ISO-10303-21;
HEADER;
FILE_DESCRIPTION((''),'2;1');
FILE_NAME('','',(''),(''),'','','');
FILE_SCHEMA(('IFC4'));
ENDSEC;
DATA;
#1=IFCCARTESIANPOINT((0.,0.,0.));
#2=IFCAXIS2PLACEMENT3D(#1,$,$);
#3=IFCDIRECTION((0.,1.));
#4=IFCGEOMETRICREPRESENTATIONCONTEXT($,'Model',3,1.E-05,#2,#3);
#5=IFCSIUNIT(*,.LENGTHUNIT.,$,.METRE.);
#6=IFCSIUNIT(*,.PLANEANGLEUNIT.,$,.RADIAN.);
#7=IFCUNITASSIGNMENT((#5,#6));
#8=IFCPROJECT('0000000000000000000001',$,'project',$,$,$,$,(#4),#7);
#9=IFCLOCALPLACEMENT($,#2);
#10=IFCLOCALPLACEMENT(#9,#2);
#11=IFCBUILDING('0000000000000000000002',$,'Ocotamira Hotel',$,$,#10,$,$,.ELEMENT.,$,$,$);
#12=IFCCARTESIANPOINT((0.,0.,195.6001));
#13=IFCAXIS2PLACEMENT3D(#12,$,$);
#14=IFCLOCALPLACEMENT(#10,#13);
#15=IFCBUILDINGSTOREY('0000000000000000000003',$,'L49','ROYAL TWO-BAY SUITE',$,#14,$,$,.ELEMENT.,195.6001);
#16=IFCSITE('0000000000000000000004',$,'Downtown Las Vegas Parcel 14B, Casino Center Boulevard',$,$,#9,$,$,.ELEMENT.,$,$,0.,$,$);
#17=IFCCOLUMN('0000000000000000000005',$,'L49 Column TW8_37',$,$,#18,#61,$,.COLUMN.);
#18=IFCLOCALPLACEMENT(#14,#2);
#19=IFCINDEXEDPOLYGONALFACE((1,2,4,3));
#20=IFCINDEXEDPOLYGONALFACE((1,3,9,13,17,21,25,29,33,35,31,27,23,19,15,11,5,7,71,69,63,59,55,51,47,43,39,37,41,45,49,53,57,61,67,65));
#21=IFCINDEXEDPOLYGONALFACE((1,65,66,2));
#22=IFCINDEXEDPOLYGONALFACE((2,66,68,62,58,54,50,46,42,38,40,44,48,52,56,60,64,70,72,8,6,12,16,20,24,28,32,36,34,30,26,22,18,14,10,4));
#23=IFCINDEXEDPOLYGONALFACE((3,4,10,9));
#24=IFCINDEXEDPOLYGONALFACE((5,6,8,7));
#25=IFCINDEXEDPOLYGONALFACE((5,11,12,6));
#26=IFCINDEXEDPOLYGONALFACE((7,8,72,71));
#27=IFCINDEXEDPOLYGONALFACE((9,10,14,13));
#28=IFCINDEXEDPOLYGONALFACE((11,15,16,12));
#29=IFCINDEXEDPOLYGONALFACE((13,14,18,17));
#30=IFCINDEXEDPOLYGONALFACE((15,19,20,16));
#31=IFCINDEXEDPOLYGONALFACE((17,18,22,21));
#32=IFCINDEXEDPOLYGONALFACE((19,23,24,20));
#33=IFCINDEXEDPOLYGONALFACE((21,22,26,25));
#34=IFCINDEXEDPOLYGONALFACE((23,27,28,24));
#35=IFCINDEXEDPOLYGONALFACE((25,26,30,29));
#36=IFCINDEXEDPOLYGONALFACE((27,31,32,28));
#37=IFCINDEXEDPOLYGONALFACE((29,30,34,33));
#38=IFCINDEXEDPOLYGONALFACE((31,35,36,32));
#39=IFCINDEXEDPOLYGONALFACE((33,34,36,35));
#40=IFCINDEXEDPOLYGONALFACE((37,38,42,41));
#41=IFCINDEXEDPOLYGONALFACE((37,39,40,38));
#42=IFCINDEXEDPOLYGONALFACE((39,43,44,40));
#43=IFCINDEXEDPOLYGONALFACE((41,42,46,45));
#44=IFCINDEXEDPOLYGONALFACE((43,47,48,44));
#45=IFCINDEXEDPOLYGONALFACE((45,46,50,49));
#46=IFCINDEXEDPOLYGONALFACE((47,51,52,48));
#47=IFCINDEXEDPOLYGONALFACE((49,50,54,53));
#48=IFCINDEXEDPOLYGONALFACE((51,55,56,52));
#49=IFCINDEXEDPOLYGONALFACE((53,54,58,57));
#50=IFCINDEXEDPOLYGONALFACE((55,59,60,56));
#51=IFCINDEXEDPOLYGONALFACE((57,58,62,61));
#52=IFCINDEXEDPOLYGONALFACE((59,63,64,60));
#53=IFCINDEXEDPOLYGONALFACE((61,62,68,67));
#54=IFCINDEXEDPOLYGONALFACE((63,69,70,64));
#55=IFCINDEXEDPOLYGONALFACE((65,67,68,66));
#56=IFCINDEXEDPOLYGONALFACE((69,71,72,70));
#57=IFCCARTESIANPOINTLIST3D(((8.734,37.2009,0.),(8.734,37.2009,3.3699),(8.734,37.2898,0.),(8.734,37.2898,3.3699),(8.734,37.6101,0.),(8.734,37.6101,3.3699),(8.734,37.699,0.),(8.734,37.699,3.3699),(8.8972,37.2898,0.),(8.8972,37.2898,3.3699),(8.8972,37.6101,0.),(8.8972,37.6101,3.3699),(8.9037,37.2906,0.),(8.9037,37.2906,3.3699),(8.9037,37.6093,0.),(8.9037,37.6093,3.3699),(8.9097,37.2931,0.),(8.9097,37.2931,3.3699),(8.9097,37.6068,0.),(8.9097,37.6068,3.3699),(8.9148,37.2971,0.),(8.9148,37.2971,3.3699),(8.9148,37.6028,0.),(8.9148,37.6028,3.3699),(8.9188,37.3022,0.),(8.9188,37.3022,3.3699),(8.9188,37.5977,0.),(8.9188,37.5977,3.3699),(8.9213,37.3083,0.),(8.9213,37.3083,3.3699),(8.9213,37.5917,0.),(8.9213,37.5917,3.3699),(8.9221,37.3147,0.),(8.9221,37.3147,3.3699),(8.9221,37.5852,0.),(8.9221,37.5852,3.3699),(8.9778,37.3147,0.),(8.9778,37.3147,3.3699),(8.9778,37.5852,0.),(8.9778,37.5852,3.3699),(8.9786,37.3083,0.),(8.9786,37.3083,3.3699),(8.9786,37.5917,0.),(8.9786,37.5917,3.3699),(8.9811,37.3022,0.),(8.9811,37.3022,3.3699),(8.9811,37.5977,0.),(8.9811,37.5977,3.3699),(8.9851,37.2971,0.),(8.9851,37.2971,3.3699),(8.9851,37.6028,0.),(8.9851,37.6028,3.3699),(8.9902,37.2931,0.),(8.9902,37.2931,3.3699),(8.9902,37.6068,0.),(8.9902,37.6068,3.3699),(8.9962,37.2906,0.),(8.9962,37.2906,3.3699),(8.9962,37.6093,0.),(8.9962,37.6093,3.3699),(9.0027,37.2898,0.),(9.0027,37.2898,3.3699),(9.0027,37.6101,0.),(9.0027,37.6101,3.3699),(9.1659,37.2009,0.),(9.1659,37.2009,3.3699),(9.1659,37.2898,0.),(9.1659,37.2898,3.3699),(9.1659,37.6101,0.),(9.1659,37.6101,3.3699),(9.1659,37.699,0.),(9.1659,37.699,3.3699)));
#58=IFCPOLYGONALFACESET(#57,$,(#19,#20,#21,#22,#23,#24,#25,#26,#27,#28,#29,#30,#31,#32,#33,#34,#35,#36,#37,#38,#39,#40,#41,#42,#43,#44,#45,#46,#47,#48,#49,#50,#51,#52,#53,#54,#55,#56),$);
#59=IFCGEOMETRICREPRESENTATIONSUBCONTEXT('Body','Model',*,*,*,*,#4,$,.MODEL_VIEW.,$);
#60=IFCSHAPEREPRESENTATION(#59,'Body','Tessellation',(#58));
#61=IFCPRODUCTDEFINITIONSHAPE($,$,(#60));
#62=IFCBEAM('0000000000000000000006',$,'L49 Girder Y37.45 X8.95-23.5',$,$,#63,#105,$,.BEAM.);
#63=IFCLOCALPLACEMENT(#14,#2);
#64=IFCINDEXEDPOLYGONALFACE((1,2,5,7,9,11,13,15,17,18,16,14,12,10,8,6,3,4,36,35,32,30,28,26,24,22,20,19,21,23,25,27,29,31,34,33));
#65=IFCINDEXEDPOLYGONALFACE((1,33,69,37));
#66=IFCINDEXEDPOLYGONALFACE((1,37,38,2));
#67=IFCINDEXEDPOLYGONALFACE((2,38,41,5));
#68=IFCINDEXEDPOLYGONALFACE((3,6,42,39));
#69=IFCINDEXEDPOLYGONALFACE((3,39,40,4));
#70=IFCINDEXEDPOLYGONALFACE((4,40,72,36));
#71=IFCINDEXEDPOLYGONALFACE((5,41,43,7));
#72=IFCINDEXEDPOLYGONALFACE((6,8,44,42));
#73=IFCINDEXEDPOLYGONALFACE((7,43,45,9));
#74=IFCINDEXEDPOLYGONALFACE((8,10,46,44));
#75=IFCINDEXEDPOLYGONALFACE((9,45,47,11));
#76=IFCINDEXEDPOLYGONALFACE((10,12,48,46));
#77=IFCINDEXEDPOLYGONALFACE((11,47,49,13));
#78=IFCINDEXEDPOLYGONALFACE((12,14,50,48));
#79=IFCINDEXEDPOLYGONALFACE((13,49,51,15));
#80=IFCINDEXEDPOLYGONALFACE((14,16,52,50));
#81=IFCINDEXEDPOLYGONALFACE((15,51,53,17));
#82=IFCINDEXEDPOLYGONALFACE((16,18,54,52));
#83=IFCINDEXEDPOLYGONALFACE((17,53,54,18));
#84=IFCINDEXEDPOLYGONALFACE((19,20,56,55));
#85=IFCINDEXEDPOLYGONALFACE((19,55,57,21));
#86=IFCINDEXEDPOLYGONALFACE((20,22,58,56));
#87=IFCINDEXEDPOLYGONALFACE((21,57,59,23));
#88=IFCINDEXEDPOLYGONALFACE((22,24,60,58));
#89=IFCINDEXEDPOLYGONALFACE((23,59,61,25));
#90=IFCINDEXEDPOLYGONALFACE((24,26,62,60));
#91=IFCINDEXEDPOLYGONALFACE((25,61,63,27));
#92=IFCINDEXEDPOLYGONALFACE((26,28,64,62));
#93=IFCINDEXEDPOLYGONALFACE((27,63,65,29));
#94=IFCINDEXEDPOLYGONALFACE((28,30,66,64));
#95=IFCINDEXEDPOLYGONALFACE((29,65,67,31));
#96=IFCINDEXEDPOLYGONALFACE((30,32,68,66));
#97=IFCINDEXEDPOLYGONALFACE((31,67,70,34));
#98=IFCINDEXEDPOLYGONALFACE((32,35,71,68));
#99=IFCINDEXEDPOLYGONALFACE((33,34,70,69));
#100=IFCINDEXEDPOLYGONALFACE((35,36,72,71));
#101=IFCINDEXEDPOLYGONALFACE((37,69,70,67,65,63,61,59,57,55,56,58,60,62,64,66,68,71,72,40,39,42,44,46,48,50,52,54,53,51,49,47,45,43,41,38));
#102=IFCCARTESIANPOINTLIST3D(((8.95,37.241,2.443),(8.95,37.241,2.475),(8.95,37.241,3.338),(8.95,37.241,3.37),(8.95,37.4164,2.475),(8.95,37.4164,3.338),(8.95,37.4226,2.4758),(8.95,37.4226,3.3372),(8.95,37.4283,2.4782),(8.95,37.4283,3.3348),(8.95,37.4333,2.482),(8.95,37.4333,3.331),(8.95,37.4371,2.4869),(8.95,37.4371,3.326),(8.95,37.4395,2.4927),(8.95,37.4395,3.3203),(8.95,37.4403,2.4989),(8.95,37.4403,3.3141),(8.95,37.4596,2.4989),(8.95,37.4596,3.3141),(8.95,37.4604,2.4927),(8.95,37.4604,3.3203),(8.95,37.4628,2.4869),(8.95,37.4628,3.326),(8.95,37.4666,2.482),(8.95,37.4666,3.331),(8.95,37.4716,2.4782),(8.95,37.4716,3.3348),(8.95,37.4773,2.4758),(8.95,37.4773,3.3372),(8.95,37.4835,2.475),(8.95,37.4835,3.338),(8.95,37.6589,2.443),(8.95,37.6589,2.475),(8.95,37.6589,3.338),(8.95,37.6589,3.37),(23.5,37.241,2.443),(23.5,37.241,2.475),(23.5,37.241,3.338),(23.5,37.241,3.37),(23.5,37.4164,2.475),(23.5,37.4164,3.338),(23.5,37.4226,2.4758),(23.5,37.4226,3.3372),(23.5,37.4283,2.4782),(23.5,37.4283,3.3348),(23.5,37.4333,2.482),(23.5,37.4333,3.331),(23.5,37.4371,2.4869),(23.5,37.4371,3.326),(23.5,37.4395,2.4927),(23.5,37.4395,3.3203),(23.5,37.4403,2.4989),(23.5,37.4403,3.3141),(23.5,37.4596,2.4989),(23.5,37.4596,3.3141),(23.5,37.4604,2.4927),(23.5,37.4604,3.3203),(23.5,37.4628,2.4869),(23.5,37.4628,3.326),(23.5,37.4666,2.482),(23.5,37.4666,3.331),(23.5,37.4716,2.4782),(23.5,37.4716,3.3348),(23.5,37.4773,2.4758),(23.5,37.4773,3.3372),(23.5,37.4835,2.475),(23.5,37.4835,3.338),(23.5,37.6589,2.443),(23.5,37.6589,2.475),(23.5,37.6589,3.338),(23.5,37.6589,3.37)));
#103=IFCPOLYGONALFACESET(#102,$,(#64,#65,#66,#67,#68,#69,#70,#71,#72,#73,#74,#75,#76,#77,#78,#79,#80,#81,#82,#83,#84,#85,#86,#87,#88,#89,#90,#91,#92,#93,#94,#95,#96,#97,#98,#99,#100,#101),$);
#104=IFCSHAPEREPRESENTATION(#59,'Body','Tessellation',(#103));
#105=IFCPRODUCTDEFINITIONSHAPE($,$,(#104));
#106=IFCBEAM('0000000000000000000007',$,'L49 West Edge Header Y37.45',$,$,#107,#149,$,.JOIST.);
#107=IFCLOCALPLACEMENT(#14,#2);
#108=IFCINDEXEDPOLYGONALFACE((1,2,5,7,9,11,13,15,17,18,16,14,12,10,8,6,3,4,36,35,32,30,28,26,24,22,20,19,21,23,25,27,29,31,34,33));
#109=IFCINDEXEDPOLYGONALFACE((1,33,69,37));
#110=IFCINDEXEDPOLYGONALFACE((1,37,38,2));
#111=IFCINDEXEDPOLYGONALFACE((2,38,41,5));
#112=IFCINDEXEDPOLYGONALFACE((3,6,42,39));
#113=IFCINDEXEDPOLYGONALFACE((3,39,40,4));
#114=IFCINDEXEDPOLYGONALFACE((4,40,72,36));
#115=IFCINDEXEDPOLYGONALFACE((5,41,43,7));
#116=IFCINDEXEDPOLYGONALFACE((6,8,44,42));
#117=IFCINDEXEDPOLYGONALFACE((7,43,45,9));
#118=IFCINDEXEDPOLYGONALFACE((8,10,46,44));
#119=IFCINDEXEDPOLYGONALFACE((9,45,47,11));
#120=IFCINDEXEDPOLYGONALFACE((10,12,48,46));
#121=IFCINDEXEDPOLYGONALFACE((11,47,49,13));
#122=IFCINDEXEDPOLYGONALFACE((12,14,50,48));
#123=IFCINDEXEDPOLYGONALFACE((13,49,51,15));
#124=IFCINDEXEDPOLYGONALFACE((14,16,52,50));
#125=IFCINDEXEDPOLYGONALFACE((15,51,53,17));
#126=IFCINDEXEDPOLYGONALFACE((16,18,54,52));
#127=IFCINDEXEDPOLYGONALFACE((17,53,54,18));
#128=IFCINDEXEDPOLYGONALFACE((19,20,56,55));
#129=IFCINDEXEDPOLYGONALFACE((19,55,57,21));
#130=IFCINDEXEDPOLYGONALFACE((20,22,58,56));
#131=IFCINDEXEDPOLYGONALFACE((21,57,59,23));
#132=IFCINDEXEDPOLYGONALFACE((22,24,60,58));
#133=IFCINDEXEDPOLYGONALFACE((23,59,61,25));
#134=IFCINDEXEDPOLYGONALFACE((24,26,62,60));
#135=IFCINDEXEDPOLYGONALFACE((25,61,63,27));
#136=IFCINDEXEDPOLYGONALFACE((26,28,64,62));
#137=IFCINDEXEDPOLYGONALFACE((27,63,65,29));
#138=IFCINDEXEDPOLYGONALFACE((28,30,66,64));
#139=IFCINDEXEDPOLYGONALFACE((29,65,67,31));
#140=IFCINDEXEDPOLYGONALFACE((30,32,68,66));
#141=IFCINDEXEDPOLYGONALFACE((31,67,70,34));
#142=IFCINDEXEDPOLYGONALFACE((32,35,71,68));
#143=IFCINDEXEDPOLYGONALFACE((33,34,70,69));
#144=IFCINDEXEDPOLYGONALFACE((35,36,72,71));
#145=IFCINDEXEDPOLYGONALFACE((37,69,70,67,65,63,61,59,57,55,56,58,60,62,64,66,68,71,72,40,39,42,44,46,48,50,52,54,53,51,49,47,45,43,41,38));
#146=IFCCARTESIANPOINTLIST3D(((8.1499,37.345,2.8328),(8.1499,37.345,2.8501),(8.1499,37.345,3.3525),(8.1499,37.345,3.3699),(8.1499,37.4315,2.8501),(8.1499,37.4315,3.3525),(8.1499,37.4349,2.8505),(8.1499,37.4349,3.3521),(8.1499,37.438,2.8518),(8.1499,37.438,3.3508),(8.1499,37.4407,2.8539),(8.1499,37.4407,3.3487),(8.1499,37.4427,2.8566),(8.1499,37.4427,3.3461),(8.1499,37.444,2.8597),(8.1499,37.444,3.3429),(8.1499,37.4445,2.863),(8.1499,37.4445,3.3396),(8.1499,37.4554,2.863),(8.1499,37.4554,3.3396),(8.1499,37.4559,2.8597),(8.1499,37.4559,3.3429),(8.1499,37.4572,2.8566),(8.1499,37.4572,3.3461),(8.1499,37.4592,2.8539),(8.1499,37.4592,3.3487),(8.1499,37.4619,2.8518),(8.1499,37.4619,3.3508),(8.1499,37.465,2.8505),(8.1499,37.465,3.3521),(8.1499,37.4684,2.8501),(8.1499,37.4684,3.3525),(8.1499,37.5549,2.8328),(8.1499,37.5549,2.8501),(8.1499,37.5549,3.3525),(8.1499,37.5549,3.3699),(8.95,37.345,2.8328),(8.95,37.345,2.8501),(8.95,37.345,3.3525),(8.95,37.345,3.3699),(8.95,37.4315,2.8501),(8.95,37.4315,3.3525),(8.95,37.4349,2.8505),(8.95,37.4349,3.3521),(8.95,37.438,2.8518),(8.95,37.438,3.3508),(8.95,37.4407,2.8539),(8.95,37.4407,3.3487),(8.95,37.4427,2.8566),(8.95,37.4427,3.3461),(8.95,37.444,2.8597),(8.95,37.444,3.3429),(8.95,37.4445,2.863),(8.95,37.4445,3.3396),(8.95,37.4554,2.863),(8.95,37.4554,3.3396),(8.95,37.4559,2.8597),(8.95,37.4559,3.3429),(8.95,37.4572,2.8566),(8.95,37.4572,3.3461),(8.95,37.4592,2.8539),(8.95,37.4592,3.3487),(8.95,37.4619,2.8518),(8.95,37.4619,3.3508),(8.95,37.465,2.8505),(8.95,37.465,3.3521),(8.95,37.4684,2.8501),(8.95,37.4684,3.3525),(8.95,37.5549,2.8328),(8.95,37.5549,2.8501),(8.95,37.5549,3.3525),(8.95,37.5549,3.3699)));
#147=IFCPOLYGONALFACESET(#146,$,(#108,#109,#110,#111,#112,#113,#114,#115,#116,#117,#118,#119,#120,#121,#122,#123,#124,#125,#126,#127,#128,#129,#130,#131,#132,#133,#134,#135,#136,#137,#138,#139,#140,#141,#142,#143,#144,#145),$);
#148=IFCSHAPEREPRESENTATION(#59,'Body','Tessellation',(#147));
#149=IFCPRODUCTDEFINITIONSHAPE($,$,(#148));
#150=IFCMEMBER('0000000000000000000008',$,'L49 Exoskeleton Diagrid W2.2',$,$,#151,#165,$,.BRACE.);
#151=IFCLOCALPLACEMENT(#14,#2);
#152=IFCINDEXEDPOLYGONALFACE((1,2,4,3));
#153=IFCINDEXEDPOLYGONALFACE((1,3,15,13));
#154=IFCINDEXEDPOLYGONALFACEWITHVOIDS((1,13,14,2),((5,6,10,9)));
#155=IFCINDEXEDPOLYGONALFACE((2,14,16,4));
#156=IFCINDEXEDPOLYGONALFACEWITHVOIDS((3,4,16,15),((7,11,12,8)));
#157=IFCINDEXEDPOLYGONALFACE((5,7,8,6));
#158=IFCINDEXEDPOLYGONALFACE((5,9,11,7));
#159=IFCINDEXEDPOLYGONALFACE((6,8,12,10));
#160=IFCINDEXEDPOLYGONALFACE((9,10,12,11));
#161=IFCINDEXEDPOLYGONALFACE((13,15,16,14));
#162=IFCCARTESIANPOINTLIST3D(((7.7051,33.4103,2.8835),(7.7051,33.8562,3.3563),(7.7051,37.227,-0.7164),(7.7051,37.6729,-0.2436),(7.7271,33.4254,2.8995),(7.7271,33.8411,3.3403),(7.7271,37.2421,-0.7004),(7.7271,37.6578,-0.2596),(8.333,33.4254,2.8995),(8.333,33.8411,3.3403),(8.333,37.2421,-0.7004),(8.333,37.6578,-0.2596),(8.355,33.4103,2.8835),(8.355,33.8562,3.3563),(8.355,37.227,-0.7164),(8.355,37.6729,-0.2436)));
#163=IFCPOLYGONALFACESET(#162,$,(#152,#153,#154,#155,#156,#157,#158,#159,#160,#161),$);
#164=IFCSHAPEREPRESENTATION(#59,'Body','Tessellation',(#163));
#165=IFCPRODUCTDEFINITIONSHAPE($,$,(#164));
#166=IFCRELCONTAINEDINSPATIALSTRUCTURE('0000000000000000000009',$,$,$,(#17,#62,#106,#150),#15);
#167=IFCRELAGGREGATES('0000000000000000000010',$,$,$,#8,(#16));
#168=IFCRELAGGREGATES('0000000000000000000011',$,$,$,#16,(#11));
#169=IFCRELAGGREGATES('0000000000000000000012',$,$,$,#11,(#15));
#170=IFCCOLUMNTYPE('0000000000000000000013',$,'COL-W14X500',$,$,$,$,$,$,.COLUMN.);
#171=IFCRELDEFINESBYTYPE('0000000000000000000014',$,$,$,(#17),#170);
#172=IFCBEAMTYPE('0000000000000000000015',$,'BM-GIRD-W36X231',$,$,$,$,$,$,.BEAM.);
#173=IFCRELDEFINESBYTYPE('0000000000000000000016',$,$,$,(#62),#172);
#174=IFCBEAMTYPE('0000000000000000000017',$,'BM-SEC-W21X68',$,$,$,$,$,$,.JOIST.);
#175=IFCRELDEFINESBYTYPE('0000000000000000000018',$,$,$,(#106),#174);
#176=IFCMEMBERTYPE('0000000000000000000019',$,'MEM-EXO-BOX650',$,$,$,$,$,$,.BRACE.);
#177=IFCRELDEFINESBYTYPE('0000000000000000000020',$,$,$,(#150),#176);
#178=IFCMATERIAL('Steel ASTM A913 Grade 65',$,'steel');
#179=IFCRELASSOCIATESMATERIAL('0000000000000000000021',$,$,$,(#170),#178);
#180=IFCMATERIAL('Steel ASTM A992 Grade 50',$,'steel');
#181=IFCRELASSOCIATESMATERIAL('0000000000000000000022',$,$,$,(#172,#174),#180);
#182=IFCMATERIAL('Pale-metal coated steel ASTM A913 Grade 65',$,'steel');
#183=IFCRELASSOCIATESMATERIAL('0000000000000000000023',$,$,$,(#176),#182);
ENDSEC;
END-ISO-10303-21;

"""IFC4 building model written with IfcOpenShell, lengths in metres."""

from ifc_helpers import new_model, si_unit, direction, frame, origin, origin_2d, place, context, subcontext, project, spatial, hollow_rectangle, i_section, extrude, source, transform, mapped, material, material_profile, profile_set, type_object, element, save


model = new_model("IFC4")

# Units and contexts
model_context = context("Model", 3, precision=1e-05, world=origin(), true_north=direction((0.0, 1.0)))
body_context = subcontext(model_context, "Body", "Model", "MODEL_VIEW")
ifc_project = project(units=[si_unit("LENGTHUNIT", "METRE"), si_unit("PLANEANGLEUNIT", "RADIAN")], contexts=[model_context])

# Site, building, storey
site_placement = place(None, origin())
site = spatial("IfcSite", under=ifc_project, at=site_placement, Name="Downtown Las Vegas Parcel 14B, Casino Center Boulevard", CompositionType="ELEMENT", RefElevation=0.0)
building_placement = place(site_placement, origin())
building = spatial("IfcBuilding", under=site, at=building_placement, Name="Ocotamira Hotel", CompositionType="ELEMENT")
storey_placement = place(building_placement, frame((0.0, 0.0, 195.6001)))
storey = spatial("IfcBuildingStorey", under=building, at=storey_placement, Name="L49", Description="ROYAL TWO-BAY SUITE", CompositionType="ELEMENT", Elevation=195.6001)

# Column
ifc_material_1 = material(Name="Steel ASTM A913 Grade 65", Category="steel")
ifc_material_profile_1 = material_profile(ifc_material_1, i_section(OverallWidth=0.4319, OverallDepth=0.498, WebThickness=0.0557, FlangeThickness=0.0889, FilletRadius=0.0249, at=origin_2d()), Name="W14X500")
ifc_profile_set_1 = profile_set([ifc_material_profile_1], Name="Steel ASTM A913 Grade 65")
column_type = type_object("IfcColumnType", Name="COL-W14X500", PredefinedType="COLUMN", material=ifc_profile_set_1)
shared_shape_1 = source(origin(), body_context, "Body", "SweptSolid", [
    extrude(i_section(OverallWidth=0.4319, OverallDepth=0.498, WebThickness=0.0557, FlangeThickness=0.0889, FilletRadius=0.0249, at=origin_2d()), origin(), (0.0, 0.0, 1.0), 3.3699),
])
column_placement = place(storey_placement, frame((8.95, 37.45, 0.0), z_axis=(0.0, 0.0, 1.0), x_axis=(1.0, 0.0, 0.0)))
element("IfcColumn", 1, at=column_placement, inside=storey, type_object=column_type, Name="L49 Column TW8_37", PredefinedType="COLUMN", context=body_context, shape_type="MappedRepresentation", body=[
    mapped(shared_shape_1, transform((0.0, 0.0, 0.0), scale=1.0)),
])

# Beams
ifc_material_2 = material(Name="Steel ASTM A992 Grade 50", Category="steel")
ifc_material_profile_2 = material_profile(ifc_material_2, i_section(OverallWidth=0.418, OverallDepth=0.927, WebThickness=0.0193, FlangeThickness=0.032, FilletRadius=0.0239, at=origin_2d()), Name="W36X231")
ifc_profile_set_2 = profile_set([ifc_material_profile_2], Name="Steel ASTM A992 Grade 50")
beam_type_1 = type_object("IfcBeamType", Name="BM-GIRD-W36X231", PredefinedType="BEAM", material=ifc_profile_set_2)
shared_shape_2 = source(origin(), body_context, "Body", "SweptSolid", [
    extrude(i_section(OverallWidth=0.418, OverallDepth=0.927, WebThickness=0.0193, FlangeThickness=0.032, FilletRadius=0.0239, at=origin_2d()), origin(), (0.0, 0.0, 1.0), 14.55),
])
beam_1_placement = place(storey_placement, frame((8.95, 37.45, 2.9065), z_axis=(1.0, 0.0, 0.0), x_axis=(0.0, 1.0, 0.0)))
element("IfcBeam", 2, at=beam_1_placement, inside=storey, type_object=beam_type_1, Name="L49 Girder Y37.45 X8.95-23.5", PredefinedType="BEAM", context=body_context, shape_type="MappedRepresentation", body=[
    mapped(shared_shape_2, transform((0.0, 0.0, 0.0), scale=1.0)),
])
ifc_material_profile_3 = material_profile(ifc_material_2, i_section(OverallWidth=0.21, OverallDepth=0.5371, WebThickness=0.011, FlangeThickness=0.0173, FilletRadius=0.0129, at=origin_2d()), Name="W21X68")
ifc_profile_set_3 = profile_set([ifc_material_profile_3], Name="Steel ASTM A992 Grade 50")
beam_type_2 = type_object("IfcBeamType", Name="BM-SEC-W21X68", PredefinedType="JOIST", material=ifc_profile_set_3)
shared_shape_3 = source(origin(), body_context, "Body", "SweptSolid", [
    extrude(i_section(OverallWidth=0.21, OverallDepth=0.5371, WebThickness=0.011, FlangeThickness=0.0173, FilletRadius=0.0129, at=origin_2d()), origin(), (0.0, 0.0, 1.0), 0.8),
])
beam_2_placement = place(storey_placement, frame((8.95, 37.45, 3.1013), z_axis=(-1.0, 0.0, 0.0), x_axis=(0.0, -1.0, 0.0)))
element("IfcBeam", 3, at=beam_2_placement, inside=storey, type_object=beam_type_2, Name="L49 West Edge Header Y37.45", PredefinedType="JOIST", context=body_context, shape_type="MappedRepresentation", body=[
    mapped(shared_shape_3, transform((0.0, 0.0, 0.0), scale=1.0)),
])

# Member
ifc_material_3 = material(Name="Pale-metal coated steel ASTM A913 Grade 65", Category="steel")
ifc_material_profile_4 = material_profile(ifc_material_3, hollow_rectangle(XDim=0.6499, YDim=0.6499, WallThickness=0.022, at=origin_2d()), Name="BOX650X650X22")
ifc_profile_set_4 = profile_set([ifc_material_profile_4], Name="Pale-metal coated steel ASTM A913 Grade 65")
member_type_1 = type_object("IfcMemberType", Name="MEM-EXO-BOX650", PredefinedType="BRACE", material=ifc_profile_set_4)
shared_shape_4 = source(origin(), body_context, "Body", "SweptSolid", [
    extrude(hollow_rectangle(XDim=0.6499, YDim=0.6499, WallThickness=0.022, at=origin_2d()), origin(), (0.0, 0.0, 1.0), 5.2466),
])
member_1_placement = place(storey_placement, frame((8.03, 37.45, -0.48), z_axis=(0.0, -0.727466, 0.686144), x_axis=(1.0, 0.0, 0.0)))
element("IfcMember", 4, at=member_1_placement, inside=storey, type_object=member_type_1, Name="L49 Exoskeleton Diagrid W2.2", PredefinedType="BRACE", context=body_context, shape_type="MappedRepresentation", body=[
    mapped(shared_shape_4, transform((0.0, 0.0, 0.0), scale=1.0)),
])

save(model, "model.ifc")
